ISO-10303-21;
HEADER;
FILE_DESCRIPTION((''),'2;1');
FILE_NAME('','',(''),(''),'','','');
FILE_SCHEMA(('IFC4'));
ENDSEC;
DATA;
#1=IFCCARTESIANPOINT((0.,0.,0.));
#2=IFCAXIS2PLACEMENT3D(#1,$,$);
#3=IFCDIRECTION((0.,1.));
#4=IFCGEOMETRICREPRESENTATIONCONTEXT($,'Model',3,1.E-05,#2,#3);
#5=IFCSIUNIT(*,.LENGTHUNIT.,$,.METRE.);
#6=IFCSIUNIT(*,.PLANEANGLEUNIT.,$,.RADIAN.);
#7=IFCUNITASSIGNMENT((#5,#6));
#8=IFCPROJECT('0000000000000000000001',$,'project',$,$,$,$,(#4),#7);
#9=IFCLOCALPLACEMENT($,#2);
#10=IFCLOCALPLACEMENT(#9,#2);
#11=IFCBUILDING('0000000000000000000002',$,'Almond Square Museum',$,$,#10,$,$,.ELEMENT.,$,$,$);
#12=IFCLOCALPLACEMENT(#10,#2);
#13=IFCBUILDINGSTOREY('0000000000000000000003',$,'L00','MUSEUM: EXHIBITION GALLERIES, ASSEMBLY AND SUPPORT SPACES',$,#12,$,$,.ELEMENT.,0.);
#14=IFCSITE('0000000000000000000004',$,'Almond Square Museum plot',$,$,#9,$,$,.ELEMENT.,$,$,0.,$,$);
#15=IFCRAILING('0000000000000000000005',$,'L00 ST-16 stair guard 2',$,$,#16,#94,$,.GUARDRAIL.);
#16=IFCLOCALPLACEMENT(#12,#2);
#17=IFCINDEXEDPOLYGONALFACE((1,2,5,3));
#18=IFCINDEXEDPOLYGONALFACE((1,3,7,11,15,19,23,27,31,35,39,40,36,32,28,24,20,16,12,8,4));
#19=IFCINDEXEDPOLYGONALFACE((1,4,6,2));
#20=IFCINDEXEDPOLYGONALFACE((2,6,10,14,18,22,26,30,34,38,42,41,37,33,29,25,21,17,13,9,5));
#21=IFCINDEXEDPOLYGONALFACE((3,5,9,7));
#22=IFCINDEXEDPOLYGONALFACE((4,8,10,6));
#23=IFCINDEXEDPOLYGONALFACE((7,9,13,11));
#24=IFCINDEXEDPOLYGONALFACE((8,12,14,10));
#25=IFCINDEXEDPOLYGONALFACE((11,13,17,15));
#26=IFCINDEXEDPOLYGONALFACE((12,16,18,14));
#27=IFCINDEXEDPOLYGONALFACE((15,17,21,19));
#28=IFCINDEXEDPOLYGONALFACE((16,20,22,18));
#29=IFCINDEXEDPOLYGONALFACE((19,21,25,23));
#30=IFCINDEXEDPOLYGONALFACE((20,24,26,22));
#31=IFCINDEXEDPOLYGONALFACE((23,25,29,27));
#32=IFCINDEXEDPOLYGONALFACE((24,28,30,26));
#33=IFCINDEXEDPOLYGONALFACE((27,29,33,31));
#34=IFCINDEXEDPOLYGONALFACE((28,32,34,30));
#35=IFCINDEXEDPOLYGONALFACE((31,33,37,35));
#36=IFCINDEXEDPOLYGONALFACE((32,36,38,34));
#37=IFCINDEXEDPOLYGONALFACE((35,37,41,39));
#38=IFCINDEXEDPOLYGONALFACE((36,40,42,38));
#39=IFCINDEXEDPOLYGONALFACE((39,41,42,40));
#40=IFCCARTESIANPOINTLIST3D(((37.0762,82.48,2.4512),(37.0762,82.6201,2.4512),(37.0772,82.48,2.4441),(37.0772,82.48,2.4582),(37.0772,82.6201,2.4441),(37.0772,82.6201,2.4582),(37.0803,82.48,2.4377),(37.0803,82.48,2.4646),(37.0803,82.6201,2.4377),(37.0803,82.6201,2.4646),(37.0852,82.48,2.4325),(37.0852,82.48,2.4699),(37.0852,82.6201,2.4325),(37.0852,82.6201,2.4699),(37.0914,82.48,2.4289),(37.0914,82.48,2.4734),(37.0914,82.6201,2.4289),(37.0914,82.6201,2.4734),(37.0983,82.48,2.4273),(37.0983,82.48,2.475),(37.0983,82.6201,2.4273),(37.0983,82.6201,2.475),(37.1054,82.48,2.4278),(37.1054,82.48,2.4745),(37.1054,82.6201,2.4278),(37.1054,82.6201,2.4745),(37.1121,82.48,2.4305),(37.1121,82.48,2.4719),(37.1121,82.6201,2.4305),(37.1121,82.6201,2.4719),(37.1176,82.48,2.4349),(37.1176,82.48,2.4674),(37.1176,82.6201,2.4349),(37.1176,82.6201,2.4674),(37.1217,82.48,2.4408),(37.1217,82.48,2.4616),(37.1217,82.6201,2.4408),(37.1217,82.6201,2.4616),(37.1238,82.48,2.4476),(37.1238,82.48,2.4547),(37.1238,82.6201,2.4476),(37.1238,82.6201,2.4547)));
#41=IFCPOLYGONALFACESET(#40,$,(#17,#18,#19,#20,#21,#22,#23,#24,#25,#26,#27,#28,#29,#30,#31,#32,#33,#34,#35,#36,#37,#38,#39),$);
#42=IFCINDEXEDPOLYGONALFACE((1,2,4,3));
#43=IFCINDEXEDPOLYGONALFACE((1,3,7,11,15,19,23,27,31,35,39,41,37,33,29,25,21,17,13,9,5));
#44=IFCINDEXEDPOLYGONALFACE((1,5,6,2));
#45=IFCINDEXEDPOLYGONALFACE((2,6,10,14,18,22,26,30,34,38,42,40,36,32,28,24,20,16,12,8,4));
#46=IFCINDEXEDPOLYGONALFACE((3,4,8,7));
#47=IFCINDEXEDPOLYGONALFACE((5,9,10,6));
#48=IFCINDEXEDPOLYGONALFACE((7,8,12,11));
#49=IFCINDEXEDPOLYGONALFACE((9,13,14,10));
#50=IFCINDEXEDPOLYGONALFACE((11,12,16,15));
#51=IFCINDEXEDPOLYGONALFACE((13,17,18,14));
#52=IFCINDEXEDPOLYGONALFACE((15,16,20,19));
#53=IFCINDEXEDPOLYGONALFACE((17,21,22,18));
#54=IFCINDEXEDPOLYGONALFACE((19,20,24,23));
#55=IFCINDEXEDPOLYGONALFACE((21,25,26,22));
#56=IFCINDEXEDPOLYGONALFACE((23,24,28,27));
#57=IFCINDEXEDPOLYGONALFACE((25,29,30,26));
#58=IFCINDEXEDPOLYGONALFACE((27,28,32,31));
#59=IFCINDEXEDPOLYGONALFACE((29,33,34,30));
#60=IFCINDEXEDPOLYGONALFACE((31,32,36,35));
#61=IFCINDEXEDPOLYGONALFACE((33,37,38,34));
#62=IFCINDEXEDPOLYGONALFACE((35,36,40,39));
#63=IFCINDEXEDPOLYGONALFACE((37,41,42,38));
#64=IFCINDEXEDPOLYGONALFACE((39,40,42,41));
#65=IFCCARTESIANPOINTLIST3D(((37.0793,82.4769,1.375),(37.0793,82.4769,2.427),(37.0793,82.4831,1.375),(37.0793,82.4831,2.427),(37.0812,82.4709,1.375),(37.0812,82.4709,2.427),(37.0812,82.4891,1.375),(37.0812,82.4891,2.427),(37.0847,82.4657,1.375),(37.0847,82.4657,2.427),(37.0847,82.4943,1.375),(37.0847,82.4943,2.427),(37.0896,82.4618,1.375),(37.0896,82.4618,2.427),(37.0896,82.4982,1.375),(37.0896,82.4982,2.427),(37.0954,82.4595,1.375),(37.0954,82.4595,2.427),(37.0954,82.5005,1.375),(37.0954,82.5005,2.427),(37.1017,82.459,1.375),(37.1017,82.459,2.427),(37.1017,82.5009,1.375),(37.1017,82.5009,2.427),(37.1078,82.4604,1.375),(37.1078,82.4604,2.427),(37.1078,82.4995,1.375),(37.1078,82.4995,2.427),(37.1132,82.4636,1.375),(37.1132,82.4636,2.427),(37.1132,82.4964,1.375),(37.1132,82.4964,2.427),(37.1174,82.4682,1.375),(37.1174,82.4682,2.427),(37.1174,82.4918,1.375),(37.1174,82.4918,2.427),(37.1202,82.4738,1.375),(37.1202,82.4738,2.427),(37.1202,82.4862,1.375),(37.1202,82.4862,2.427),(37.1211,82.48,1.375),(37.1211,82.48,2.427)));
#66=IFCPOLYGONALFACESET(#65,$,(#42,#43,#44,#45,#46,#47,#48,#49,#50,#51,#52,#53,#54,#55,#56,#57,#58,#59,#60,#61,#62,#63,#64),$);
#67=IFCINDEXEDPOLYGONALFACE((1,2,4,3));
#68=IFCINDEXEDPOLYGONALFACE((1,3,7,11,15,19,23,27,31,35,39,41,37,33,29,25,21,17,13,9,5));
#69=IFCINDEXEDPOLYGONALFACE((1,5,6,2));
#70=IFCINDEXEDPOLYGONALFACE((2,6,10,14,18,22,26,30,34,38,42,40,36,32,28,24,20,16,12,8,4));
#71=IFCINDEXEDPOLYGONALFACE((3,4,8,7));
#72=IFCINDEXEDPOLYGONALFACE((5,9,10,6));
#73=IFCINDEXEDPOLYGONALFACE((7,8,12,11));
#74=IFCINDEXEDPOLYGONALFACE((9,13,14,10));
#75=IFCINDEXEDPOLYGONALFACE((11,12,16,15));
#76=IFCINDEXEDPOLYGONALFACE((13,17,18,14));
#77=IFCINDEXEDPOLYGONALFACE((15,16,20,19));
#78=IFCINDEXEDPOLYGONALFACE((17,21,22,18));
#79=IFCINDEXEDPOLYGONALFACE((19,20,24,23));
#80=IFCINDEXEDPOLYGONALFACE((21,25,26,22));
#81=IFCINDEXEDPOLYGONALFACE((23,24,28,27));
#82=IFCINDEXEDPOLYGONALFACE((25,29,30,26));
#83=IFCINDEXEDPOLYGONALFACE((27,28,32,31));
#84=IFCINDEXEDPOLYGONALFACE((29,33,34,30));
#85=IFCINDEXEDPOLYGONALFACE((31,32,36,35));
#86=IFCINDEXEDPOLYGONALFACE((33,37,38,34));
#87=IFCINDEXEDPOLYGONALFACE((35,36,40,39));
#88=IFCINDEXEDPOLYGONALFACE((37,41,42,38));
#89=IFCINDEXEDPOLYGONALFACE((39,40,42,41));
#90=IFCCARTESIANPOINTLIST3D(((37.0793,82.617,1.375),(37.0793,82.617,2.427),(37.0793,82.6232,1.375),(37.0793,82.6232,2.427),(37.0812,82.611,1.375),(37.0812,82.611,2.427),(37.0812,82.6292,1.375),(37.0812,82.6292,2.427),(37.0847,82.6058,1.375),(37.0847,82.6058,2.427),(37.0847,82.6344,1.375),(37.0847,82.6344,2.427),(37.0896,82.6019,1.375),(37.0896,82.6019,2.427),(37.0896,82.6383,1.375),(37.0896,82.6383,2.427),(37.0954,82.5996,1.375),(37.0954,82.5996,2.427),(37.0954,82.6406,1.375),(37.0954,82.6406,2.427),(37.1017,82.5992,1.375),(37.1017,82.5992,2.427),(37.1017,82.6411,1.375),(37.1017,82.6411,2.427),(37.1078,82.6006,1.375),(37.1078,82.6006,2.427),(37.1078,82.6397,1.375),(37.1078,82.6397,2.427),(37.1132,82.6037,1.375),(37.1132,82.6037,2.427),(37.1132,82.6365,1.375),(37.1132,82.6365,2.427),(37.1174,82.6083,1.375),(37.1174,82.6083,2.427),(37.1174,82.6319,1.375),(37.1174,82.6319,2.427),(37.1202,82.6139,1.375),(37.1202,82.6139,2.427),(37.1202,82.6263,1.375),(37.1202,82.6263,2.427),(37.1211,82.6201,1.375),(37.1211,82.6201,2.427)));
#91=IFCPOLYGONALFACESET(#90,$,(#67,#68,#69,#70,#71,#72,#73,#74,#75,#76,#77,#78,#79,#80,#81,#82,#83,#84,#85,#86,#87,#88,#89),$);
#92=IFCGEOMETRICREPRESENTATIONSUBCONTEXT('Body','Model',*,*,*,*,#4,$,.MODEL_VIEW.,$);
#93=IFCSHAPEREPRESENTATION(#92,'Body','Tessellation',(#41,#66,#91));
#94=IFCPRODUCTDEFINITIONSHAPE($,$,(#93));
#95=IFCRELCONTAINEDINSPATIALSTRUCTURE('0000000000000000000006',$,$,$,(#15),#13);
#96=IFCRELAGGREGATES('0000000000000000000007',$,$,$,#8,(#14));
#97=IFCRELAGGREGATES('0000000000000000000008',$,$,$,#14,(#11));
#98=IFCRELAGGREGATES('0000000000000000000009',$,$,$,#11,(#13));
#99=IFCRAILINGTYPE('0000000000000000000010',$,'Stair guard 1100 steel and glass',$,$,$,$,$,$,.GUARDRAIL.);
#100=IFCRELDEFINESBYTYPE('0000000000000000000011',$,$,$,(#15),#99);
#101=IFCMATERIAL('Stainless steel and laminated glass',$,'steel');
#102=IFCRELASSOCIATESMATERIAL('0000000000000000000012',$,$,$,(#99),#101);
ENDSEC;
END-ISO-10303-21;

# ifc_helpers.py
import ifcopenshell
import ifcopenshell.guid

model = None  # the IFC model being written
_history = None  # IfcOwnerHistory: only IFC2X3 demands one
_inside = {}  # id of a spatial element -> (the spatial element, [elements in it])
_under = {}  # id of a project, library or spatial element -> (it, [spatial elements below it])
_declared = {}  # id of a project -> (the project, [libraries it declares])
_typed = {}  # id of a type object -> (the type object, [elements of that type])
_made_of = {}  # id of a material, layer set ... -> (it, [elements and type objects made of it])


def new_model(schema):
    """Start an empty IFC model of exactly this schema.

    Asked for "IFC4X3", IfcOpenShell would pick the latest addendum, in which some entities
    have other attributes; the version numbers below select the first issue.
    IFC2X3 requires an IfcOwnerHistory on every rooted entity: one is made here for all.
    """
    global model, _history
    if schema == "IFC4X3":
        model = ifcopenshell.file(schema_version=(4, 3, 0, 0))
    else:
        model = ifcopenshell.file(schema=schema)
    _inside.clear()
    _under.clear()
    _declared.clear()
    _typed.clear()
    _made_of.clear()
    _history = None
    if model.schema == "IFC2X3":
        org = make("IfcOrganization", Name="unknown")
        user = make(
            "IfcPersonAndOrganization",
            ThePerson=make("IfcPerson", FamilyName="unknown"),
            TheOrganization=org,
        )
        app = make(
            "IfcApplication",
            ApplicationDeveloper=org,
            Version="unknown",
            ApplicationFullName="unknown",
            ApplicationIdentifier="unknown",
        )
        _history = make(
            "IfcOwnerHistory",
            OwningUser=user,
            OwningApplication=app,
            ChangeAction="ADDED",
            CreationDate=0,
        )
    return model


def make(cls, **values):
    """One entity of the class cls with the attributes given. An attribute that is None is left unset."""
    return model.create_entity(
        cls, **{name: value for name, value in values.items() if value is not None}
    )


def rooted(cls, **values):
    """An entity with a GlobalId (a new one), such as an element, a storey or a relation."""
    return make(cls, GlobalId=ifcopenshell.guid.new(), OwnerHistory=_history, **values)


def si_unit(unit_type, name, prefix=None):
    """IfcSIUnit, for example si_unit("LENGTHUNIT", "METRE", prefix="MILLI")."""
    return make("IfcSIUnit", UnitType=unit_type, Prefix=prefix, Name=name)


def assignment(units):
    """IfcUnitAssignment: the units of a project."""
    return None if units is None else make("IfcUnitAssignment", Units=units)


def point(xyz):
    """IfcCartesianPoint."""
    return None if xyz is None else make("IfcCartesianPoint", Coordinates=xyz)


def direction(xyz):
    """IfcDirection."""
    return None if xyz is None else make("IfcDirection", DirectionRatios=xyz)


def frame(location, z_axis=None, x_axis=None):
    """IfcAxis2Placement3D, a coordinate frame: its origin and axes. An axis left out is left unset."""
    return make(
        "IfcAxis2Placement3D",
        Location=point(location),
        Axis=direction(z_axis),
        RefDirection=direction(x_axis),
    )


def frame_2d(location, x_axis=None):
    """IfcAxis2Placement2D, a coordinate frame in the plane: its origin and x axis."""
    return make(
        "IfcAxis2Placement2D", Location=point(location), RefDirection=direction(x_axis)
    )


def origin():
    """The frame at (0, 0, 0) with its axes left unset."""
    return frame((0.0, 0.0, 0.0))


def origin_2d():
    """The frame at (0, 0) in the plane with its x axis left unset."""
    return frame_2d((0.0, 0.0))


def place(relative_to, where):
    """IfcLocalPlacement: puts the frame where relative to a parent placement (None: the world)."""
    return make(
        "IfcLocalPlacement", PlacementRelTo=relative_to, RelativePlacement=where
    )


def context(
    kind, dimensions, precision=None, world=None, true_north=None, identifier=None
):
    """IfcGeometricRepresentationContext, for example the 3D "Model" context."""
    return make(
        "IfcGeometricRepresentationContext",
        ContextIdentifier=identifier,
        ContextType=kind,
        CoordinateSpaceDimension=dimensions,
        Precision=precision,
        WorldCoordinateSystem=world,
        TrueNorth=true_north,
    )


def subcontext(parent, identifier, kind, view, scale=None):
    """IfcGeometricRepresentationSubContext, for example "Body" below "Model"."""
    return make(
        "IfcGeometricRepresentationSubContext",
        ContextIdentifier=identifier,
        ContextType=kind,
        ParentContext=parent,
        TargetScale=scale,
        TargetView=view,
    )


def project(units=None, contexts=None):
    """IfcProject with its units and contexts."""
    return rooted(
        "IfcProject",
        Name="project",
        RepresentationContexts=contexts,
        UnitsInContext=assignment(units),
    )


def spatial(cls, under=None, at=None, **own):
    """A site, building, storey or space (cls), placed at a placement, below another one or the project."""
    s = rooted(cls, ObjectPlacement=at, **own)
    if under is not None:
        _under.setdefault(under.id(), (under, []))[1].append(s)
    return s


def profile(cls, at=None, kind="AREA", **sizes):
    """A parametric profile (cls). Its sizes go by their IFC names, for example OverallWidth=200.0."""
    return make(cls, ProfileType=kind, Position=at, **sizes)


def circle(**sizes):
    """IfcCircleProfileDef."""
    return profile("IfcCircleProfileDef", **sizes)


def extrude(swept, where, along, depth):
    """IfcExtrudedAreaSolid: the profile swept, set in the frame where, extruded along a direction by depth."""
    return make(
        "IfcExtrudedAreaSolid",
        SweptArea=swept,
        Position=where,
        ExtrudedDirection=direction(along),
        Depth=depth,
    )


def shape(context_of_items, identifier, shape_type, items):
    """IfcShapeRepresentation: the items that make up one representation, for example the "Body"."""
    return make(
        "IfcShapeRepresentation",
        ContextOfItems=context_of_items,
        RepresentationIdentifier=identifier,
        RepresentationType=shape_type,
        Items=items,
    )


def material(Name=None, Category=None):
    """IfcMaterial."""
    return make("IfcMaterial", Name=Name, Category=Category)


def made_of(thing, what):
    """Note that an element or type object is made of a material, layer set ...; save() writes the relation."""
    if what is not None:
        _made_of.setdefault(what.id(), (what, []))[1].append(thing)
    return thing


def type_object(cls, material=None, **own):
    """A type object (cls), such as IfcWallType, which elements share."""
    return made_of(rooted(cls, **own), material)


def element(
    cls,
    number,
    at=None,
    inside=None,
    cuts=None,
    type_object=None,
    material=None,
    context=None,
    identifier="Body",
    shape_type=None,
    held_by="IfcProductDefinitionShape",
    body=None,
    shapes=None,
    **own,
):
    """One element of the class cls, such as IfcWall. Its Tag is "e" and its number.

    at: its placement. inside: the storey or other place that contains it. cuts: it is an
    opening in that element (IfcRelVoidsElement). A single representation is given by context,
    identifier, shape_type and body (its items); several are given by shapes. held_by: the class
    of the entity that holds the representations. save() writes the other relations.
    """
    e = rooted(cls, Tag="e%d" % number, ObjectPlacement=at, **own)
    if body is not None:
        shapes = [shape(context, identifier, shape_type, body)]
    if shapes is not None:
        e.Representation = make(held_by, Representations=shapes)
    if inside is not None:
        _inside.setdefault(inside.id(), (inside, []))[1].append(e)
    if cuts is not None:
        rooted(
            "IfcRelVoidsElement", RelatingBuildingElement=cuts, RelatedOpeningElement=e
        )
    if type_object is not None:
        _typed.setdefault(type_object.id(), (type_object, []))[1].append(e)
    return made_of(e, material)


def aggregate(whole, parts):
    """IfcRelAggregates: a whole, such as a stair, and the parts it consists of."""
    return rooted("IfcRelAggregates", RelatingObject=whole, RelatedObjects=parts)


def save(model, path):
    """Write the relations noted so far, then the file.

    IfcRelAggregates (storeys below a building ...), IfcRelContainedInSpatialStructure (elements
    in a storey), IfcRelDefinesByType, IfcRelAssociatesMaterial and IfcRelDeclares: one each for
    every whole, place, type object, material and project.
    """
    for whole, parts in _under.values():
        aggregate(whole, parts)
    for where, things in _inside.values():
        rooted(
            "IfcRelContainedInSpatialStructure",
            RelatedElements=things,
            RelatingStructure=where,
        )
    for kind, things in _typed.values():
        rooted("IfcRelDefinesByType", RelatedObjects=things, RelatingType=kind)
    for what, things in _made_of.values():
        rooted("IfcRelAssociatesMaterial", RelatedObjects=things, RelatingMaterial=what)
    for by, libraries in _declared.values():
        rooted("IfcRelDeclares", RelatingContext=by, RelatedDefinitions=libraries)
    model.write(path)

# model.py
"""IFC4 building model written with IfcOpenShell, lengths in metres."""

from ifc_helpers import new_model, si_unit, direction, frame, origin, origin_2d, place, context, subcontext, project, spatial, circle, extrude, material, type_object, element, save


model = new_model("IFC4")

# Units and contexts
model_context = context("Model", 3, precision=1e-05, world=origin(), true_north=direction((0.0, 1.0)))
body_context = subcontext(model_context, "Body", "Model", "MODEL_VIEW")
ifc_project = project(units=[si_unit("LENGTHUNIT", "METRE"), si_unit("PLANEANGLEUNIT", "RADIAN")], contexts=[model_context])

# Site, building, storey
site_placement = place(None, origin())
site = spatial("IfcSite", under=ifc_project, at=site_placement, Name="Almond Square Museum plot", CompositionType="ELEMENT", RefElevation=0.0)
building_placement = place(site_placement, origin())
building = spatial("IfcBuilding", under=site, at=building_placement, Name="Almond Square Museum", CompositionType="ELEMENT")
storey_placement = place(building_placement, origin())
storey = spatial("IfcBuildingStorey", under=building, at=storey_placement, Name="L00", Description="MUSEUM: EXHIBITION GALLERIES, ASSEMBLY AND SUPPORT SPACES", CompositionType="ELEMENT", Elevation=0.0)

# Railing
ifc_material_1 = material(Name="Stainless steel and laminated glass", Category="steel")
railing_type_1 = type_object("IfcRailingType", Name="Stair guard 1100 steel and glass", PredefinedType="GUARDRAIL", material=ifc_material_1)
railing_1_placement = place(storey_placement, frame((37.1001, 82.48, 1.375)))
element("IfcRailing", 1, at=railing_1_placement, inside=storey, type_object=railing_type_1, Name="L00 ST-16 stair guard 2", PredefinedType="GUARDRAIL", context=body_context, shape_type="SweptSolid", body=[
    extrude(circle(Radius=0.0239, at=origin_2d()), frame((0.0, 0.0, 1.0762), z_axis=(0.0, 1.0, 0.0), x_axis=(-1.0, 0.0, 0.0)), (0.0, 0.0, 1.0), 0.1401),
    extrude(circle(Radius=0.021, at=origin_2d()), origin(), (0.0, 0.0, 1.0), 1.052),
    extrude(circle(Radius=0.021, at=origin_2d()), frame((0.0, 0.1401, 0.0)), (0.0, 0.0, 1.0), 1.052),
])

save(model, "model.ifc")
